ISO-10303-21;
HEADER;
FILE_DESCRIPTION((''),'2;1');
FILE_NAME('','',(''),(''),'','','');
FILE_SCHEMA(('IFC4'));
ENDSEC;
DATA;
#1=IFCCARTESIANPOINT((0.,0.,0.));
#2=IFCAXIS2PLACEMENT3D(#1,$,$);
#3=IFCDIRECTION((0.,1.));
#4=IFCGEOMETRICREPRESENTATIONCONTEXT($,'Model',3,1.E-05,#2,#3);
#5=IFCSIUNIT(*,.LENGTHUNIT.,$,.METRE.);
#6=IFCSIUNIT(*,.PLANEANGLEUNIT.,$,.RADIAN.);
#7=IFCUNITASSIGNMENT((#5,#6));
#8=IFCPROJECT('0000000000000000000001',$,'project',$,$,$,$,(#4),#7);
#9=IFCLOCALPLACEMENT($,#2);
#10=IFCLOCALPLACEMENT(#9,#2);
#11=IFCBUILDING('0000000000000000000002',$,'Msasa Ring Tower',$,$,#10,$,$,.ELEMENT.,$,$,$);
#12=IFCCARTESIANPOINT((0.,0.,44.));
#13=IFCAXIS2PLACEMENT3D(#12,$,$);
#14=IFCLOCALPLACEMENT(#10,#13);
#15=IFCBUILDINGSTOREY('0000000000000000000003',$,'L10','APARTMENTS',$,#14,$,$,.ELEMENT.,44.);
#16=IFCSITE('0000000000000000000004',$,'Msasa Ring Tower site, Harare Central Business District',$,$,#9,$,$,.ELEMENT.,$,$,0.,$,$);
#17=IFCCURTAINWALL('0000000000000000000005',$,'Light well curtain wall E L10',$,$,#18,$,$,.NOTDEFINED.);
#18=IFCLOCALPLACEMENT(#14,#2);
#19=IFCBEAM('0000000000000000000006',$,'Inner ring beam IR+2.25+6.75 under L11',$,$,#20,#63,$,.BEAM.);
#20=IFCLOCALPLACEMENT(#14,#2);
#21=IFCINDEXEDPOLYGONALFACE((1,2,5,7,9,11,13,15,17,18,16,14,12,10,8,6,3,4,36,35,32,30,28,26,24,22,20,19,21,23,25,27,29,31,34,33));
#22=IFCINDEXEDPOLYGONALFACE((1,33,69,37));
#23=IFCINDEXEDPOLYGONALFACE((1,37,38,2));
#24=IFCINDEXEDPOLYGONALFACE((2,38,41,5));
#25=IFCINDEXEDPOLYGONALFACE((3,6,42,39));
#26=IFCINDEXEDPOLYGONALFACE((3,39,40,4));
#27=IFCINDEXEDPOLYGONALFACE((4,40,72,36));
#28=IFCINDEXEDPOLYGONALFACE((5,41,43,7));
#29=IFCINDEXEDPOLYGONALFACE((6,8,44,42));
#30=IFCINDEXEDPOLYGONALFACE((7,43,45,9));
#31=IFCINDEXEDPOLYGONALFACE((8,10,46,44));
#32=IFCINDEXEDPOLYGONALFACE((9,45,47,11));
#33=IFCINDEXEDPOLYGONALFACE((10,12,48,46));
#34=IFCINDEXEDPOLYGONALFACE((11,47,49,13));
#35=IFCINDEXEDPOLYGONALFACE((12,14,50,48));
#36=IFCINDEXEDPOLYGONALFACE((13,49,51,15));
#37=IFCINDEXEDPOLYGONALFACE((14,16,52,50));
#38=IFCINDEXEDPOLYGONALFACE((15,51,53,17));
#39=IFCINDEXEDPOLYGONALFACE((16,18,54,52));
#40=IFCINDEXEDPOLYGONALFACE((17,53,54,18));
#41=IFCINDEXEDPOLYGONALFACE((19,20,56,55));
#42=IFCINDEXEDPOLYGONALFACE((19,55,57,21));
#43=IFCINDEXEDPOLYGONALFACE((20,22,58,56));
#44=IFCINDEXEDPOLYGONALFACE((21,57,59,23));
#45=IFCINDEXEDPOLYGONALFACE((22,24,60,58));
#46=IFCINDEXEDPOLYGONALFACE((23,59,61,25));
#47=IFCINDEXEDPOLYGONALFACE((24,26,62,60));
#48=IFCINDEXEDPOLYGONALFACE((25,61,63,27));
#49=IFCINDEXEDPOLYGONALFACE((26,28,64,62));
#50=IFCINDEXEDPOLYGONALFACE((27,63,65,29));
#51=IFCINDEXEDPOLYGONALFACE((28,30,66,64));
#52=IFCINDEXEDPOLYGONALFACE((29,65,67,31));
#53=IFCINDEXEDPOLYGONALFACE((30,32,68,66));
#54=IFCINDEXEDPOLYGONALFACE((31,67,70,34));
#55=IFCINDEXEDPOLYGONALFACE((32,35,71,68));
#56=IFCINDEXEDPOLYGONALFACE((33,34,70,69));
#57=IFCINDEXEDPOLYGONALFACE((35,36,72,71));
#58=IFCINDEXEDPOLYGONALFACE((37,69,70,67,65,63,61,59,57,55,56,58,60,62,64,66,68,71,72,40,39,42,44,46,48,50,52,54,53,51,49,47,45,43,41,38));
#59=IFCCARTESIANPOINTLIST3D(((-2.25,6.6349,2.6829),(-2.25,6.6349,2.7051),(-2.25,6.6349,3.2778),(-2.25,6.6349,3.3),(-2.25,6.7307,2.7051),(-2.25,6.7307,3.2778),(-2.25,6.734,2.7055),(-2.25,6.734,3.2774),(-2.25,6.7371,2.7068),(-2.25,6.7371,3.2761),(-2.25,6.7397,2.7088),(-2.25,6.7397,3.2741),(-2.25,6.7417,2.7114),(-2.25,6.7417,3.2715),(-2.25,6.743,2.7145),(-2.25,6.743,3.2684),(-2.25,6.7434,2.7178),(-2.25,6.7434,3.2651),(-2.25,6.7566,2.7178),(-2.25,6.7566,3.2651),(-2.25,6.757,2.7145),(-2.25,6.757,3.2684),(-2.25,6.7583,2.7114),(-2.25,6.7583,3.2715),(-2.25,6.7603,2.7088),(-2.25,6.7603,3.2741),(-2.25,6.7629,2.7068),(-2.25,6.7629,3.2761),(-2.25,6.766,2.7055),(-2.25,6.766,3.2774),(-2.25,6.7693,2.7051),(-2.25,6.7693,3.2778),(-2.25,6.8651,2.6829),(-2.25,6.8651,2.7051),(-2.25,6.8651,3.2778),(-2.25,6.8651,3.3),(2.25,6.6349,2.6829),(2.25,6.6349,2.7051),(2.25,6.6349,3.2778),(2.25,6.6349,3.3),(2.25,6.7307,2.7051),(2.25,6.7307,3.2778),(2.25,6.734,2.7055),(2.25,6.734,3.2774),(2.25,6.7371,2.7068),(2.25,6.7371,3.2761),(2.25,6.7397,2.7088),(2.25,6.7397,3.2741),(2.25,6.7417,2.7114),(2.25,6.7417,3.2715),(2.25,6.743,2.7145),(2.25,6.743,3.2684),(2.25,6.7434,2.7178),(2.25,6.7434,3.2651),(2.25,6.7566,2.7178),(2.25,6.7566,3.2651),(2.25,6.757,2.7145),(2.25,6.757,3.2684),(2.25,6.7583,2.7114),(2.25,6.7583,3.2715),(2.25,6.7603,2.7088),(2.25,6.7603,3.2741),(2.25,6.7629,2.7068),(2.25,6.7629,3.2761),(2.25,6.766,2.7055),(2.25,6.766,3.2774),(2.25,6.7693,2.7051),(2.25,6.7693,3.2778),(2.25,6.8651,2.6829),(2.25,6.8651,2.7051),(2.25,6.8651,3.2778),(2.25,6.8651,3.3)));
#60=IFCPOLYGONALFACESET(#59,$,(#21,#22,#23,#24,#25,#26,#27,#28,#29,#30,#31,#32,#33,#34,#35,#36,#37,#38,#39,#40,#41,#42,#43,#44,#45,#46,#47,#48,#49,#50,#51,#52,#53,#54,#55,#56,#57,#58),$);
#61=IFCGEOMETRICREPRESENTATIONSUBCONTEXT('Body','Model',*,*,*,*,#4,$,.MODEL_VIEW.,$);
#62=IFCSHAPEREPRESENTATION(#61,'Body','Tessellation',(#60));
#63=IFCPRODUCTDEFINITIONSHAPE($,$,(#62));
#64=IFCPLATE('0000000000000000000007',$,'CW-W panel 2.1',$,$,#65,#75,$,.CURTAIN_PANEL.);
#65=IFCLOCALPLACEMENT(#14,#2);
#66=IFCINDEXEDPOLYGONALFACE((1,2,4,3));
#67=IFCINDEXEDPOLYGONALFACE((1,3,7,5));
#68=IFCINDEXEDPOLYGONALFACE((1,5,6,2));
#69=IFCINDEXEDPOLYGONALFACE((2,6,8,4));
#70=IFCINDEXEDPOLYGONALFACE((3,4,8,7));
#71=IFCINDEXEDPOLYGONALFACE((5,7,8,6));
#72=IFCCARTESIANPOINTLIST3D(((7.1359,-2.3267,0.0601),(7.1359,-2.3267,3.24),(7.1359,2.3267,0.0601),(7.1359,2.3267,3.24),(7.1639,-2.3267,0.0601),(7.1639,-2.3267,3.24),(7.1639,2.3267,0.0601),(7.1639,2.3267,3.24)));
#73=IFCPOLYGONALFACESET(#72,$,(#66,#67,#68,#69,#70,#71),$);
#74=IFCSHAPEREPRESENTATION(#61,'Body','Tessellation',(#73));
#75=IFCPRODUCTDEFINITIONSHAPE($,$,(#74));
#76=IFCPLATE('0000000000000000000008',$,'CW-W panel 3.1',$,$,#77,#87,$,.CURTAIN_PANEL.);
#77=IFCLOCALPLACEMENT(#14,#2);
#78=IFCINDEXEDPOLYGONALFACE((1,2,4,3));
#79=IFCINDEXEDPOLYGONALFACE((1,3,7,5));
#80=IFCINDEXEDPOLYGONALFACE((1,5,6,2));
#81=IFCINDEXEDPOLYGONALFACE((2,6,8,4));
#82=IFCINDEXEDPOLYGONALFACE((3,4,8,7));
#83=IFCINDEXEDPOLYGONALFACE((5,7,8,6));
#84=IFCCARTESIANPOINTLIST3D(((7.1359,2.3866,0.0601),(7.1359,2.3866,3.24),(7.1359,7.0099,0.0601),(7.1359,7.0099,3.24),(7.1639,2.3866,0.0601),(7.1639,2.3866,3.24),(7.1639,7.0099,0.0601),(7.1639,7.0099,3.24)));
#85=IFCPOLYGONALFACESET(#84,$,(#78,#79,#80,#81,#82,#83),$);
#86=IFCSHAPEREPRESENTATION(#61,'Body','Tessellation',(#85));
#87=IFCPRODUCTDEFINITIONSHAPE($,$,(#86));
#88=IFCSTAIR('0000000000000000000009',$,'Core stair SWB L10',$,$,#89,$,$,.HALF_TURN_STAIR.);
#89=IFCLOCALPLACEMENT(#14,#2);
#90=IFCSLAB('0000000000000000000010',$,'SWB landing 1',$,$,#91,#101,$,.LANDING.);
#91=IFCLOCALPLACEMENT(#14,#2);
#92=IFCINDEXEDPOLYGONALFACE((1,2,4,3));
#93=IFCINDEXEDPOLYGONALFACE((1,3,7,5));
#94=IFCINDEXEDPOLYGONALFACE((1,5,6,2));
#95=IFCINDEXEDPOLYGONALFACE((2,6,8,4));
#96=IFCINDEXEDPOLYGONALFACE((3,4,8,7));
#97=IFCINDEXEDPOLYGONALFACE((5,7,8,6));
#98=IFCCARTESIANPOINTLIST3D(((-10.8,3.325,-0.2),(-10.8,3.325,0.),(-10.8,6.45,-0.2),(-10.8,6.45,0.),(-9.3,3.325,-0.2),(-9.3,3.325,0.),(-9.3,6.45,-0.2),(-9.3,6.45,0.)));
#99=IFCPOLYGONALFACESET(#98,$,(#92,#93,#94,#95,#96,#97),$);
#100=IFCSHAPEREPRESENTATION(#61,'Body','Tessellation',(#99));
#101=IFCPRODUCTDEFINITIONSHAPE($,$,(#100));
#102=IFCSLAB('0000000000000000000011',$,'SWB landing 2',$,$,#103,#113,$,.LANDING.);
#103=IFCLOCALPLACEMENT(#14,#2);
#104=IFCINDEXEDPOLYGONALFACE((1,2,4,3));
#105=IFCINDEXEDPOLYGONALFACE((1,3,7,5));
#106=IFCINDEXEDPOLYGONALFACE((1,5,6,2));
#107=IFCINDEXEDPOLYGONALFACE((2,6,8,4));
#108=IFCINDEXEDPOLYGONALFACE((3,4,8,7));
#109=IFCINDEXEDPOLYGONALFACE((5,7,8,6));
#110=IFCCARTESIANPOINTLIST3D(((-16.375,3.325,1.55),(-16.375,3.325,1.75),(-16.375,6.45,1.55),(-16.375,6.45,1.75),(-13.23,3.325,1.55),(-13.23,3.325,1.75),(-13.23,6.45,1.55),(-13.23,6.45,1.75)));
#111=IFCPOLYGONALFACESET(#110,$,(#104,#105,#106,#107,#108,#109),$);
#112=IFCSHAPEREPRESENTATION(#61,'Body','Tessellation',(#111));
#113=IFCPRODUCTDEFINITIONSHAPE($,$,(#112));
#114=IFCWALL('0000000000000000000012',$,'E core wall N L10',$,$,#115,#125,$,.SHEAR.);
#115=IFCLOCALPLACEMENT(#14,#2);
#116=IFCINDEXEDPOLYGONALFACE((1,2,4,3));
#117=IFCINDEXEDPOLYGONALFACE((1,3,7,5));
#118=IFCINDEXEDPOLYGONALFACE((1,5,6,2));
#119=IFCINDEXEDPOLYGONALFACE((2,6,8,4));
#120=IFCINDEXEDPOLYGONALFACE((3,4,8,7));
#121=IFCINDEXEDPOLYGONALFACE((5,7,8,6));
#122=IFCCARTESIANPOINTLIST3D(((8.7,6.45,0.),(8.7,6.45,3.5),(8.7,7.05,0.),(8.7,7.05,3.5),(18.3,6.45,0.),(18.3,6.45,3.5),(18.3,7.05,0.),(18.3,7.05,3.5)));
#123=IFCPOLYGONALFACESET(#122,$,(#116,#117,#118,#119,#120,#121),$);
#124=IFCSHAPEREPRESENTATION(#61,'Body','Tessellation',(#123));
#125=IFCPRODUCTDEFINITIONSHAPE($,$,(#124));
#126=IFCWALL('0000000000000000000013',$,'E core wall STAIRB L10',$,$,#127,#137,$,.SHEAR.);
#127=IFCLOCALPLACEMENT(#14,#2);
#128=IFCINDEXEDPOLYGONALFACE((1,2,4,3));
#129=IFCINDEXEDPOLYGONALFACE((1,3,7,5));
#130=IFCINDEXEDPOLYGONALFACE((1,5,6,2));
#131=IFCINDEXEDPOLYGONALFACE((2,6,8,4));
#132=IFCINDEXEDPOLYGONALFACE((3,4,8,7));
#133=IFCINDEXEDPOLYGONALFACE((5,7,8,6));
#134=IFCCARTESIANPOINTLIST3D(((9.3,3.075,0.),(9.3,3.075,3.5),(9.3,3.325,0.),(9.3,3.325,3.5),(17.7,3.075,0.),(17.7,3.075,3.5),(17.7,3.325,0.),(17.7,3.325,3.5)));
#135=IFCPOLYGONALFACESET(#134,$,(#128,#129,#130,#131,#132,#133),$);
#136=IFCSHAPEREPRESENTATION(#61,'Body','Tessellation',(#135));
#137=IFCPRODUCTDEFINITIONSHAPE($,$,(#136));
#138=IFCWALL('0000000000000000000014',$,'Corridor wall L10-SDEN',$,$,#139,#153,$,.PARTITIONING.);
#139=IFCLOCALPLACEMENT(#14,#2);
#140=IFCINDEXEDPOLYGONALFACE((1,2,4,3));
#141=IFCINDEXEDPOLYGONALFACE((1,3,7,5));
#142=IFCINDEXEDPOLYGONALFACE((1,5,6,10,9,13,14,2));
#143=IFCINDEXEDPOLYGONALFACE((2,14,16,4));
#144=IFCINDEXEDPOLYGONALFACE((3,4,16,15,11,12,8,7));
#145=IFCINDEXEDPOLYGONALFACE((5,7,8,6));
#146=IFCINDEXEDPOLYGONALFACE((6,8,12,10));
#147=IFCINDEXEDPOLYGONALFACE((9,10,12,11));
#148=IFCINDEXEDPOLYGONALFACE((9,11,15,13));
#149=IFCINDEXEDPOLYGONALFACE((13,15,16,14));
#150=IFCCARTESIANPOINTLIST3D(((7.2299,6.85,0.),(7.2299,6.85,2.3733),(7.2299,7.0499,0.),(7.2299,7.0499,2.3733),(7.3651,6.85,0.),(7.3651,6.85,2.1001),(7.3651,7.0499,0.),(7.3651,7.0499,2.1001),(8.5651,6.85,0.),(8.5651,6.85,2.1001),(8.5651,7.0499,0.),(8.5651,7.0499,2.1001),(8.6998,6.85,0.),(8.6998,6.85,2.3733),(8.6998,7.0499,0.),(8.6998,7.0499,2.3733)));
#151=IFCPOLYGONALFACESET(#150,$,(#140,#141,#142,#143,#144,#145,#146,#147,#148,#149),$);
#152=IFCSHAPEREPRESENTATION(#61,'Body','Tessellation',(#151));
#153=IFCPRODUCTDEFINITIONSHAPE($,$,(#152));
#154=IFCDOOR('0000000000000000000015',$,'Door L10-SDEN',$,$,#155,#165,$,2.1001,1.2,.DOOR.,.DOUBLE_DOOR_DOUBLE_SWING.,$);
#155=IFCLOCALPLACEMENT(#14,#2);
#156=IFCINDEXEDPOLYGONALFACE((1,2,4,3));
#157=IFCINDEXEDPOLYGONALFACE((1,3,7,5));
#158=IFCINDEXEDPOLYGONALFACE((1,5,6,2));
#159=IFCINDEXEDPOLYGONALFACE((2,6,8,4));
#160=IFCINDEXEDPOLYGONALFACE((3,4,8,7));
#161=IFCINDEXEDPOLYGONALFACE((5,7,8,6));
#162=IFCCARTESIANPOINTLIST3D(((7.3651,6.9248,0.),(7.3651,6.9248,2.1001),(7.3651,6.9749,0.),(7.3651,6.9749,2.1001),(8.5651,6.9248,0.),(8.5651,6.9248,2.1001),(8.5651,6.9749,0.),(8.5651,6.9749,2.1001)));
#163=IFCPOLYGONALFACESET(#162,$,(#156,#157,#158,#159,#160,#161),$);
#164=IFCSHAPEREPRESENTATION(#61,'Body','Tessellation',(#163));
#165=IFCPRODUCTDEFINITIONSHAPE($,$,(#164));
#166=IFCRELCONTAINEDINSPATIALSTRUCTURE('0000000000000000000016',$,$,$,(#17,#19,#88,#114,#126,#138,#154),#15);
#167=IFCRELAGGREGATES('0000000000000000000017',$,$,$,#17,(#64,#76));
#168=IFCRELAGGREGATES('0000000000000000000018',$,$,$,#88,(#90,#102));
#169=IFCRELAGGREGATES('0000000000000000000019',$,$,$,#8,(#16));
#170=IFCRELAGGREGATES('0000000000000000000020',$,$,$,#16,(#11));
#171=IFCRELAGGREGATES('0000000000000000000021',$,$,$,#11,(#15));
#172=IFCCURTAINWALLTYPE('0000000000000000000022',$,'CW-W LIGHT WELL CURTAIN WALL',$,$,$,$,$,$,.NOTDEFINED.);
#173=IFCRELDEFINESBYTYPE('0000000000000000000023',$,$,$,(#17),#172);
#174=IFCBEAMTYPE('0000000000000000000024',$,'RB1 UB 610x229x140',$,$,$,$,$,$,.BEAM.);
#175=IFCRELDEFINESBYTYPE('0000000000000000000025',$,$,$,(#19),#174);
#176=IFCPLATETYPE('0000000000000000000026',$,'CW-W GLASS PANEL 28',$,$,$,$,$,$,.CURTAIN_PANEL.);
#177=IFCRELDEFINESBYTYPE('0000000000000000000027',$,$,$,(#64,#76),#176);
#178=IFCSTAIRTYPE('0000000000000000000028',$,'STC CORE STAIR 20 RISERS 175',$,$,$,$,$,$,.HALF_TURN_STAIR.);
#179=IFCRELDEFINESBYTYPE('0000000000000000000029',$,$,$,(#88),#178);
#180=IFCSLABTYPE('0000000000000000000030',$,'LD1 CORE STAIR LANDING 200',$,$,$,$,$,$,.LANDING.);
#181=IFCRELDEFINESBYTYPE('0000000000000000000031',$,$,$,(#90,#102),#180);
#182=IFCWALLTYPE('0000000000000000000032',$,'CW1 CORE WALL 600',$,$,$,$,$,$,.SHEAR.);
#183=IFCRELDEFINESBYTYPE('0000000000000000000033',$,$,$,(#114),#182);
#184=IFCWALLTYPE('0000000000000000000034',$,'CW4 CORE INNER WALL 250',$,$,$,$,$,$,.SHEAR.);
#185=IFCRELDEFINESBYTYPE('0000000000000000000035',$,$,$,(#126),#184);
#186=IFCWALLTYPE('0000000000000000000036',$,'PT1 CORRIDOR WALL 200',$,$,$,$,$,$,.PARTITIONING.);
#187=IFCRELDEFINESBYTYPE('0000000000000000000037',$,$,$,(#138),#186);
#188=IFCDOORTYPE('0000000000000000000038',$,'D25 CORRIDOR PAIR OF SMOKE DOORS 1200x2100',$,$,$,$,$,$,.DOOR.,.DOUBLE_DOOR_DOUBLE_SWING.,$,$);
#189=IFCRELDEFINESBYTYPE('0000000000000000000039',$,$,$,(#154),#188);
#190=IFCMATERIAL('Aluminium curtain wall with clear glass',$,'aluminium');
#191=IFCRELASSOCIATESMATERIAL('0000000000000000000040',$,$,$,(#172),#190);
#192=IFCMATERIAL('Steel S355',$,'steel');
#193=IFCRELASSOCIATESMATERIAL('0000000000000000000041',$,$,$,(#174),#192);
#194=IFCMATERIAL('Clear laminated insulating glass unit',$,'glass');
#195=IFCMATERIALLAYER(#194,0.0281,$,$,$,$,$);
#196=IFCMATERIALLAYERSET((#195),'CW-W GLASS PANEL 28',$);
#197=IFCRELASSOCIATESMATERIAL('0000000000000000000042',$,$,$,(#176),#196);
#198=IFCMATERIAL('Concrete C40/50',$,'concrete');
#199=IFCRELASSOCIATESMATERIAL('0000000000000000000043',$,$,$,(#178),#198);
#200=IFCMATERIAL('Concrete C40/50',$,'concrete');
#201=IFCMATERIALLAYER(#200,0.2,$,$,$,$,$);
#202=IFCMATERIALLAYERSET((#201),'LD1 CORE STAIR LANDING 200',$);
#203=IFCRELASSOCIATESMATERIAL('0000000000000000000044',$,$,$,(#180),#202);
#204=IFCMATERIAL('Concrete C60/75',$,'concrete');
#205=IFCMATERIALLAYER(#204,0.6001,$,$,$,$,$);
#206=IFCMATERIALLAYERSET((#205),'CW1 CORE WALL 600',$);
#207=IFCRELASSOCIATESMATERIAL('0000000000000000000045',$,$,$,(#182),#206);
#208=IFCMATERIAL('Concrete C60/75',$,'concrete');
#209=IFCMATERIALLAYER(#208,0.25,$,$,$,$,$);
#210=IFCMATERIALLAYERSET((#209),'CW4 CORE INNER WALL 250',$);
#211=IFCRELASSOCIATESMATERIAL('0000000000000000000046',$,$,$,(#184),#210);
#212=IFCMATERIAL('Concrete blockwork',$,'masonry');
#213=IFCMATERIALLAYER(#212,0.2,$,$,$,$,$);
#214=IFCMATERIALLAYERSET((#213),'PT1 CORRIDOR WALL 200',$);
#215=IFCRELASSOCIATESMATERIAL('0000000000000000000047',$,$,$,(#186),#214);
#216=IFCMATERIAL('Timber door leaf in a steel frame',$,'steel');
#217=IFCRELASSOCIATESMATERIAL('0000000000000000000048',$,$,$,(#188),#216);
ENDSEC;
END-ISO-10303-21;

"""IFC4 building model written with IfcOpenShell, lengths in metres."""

from ifc_helpers import new_model, si_unit, direction, frame, frame_2d, origin, origin_2d, place, context, subcontext, project, spatial, polyline, rectangle, i_section, outline, extrude, material, layer, layer_set, material_profile, profile_set, type_object, element, fill, aggregate, save


model = new_model("IFC4")

# Units and contexts
model_context = context("Model", 3, precision=1e-05, world=origin(), true_north=direction((0.0, 1.0)))
body_context = subcontext(model_context, "Body", "Model", "MODEL_VIEW")
ifc_project = project(units=[si_unit("LENGTHUNIT", "METRE"), si_unit("PLANEANGLEUNIT", "RADIAN")], contexts=[model_context])

# Site, building, storey
site_placement = place(None, origin())
site = spatial("IfcSite", under=ifc_project, at=site_placement, Name="Msasa Ring Tower site, Harare Central Business District", CompositionType="ELEMENT", RefElevation=0.0)
building_placement = place(site_placement, origin())
building = spatial("IfcBuilding", under=site, at=building_placement, Name="Msasa Ring Tower", CompositionType="ELEMENT")
storey_placement = place(building_placement, frame((0.0, 0.0, 44.0)))
storey = spatial("IfcBuildingStorey", under=building, at=storey_placement, Name="L10", Description="APARTMENTS", CompositionType="ELEMENT", Elevation=44.0)

# Curtain wall
ifc_material_1 = material(Name="Aluminium curtain wall with clear glass", Category="aluminium")
curtain_wall_type = type_object("IfcCurtainWallType", Name="CW-W LIGHT WELL CURTAIN WALL", PredefinedType="NOTDEFINED", material=ifc_material_1)
curtain_wall_placement = place(storey_placement, origin())
curtain_wall = element("IfcCurtainWall", 1, at=curtain_wall_placement, inside=storey, type_object=curtain_wall_type, Name="Light well curtain wall E L10", PredefinedType="NOTDEFINED")

# Beam
ifc_material_2 = material(Name="Steel S355", Category="steel")
ifc_material_profile_1 = material_profile(ifc_material_2, i_section(OverallWidth=0.2302, OverallDepth=0.6172, WebThickness=0.0132, FlangeThickness=0.0222, FilletRadius=0.0127, at=origin_2d()), Name="UB 610x229x140")
ifc_profile_set_1 = profile_set([ifc_material_profile_1], Name="Steel S355")
beam_type = type_object("IfcBeamType", Name="RB1 UB 610x229x140", PredefinedType="BEAM", material=ifc_profile_set_1)
for number, where, z_axis, x_axis, name in (
    (2, (2.25, 6.75, 2.9915), (-1.0, 0.0, 0.0), (0.0, -1.0, 0.0), "Inner ring beam IR+2.25+6.75 under L11"),
):
    element("IfcBeam", number, at=place(storey_placement, frame(where, z_axis=z_axis, x_axis=x_axis)), inside=storey, type_object=beam_type, Name=name, PredefinedType="BEAM", context=body_context, shape_type="SweptSolid", body=[
        extrude(i_section(OverallWidth=0.2302, OverallDepth=0.6172, WebThickness=0.0132, FlangeThickness=0.0222, FilletRadius=0.0127, at=origin_2d()), origin(), (0.0, 0.0, 1.0), 4.5),
    ])

# Plates
ifc_material_3 = material(Name="Clear laminated insulating glass unit", Category="glass")
ifc_layer_1 = layer(ifc_material_3, 0.0281)
ifc_layer_set_1 = layer_set([ifc_layer_1], Name="CW-W GLASS PANEL 28")
plate_type = type_object("IfcPlateType", Name="CW-W GLASS PANEL 28", PredefinedType="CURTAIN_PANEL", material=ifc_layer_set_1)
plate_1_placement = place(storey_placement, frame((7.1499, 0.0, 0.0601), z_axis=(0.0, 0.0, 1.0), x_axis=(0.0, 1.0, 0.0)))
plate_1 = element("IfcPlate", 3, at=plate_1_placement, type_object=plate_type, Name="CW-W panel 2.1", PredefinedType="CURTAIN_PANEL", context=body_context, shape_type="SweptSolid", body=[
    extrude(rectangle(XDim=4.6533, YDim=0.0281, at=origin_2d()), origin(), (0.0, 0.0, 1.0), 3.1799),
])
plate_2_placement = place(storey_placement, frame((7.1499, 4.6982, 0.0601), z_axis=(0.0, 0.0, 1.0), x_axis=(0.0, 1.0, 0.0)))
plate_2 = element("IfcPlate", 4, at=plate_2_placement, type_object=plate_type, Name="CW-W panel 3.1", PredefinedType="CURTAIN_PANEL", context=body_context, shape_type="SweptSolid", body=[
    extrude(rectangle(XDim=4.6233, YDim=0.0281, at=origin_2d()), origin(), (0.0, 0.0, 1.0), 3.1799),
])
aggregate(curtain_wall, [plate_1, plate_2])

# Stair, slabs
ifc_material_4 = material(Name="Concrete C40/50", Category="concrete")
stair_type = type_object("IfcStairType", Name="STC CORE STAIR 20 RISERS 175", PredefinedType="HALF_TURN_STAIR", material=ifc_material_4)
stair_1_placement = place(storey_placement, origin())
stair_1 = element("IfcStair", 5, at=stair_1_placement, inside=storey, type_object=stair_type, Name="Core stair SWB L10", PredefinedType="HALF_TURN_STAIR")
ifc_material_5 = material(Name="Concrete C40/50", Category="concrete")
ifc_layer_2 = layer(ifc_material_5, 0.2)
ifc_layer_set_2 = layer_set([ifc_layer_2], Name="LD1 CORE STAIR LANDING 200")
slab_type = type_object("IfcSlabType", Name="LD1 CORE STAIR LANDING 200", PredefinedType="LANDING", material=ifc_layer_set_2)
slab_1_placement = place(storey_placement, frame((0.0, 0.0, -0.2)))
slab_1 = element("IfcSlab", 6, at=slab_1_placement, type_object=slab_type, Name="SWB landing 1", PredefinedType="LANDING", context=body_context, shape_type="SweptSolid", body=[
    extrude(outline(polyline([(-10.8, 3.325), (-9.3, 3.325), (-9.3, 6.45), (-10.8, 6.45), (-10.8, 3.325)])), origin(), (0.0, 0.0, 1.0), 0.2),
])
slab_2_placement = place(storey_placement, frame((0.0, 0.0, 1.55)))
slab_2 = element("IfcSlab", 7, at=slab_2_placement, type_object=slab_type, Name="SWB landing 2", PredefinedType="LANDING", context=body_context, shape_type="SweptSolid", body=[
    extrude(outline(polyline([(-16.375, 3.325), (-13.23, 3.325), (-13.23, 6.45), (-16.375, 6.45), (-16.375, 3.325)])), origin(), (0.0, 0.0, 1.0), 0.2),
])
aggregate(stair_1, [slab_1, slab_2])

# Walls
ifc_material_6 = material(Name="Concrete C60/75", Category="concrete")
ifc_layer_3 = layer(ifc_material_6, 0.6001)
ifc_layer_set_3 = layer_set([ifc_layer_3], Name="CW1 CORE WALL 600")
wall_type_1 = type_object("IfcWallType", Name="CW1 CORE WALL 600", PredefinedType="SHEAR", material=ifc_layer_set_3)
wall_1_placement = place(storey_placement, frame((8.7, 6.75, 0.0), z_axis=(0.0, 0.0, 1.0), x_axis=(1.0, 0.0, 0.0)))
element("IfcWall", 8, at=wall_1_placement, inside=storey, type_object=wall_type_1, Name="E core wall N L10", PredefinedType="SHEAR", context=body_context, shape_type="SweptSolid", body=[
    extrude(rectangle(XDim=9.6001, YDim=0.6001, at=frame_2d((4.8, 0.0))), origin(), (0.0, 0.0, 1.0), 3.5),
])
ifc_material_7 = material(Name="Concrete C60/75", Category="concrete")
ifc_layer_4 = layer(ifc_material_7, 0.25)
ifc_layer_set_4 = layer_set([ifc_layer_4], Name="CW4 CORE INNER WALL 250")
wall_type_2 = type_object("IfcWallType", Name="CW4 CORE INNER WALL 250", PredefinedType="SHEAR", material=ifc_layer_set_4)
wall_2_placement = place(storey_placement, frame((9.3, 3.2, 0.0), z_axis=(0.0, 0.0, 1.0), x_axis=(1.0, 0.0, 0.0)))
element("IfcWall", 9, at=wall_2_placement, inside=storey, type_object=wall_type_2, Name="E core wall STAIRB L10", PredefinedType="SHEAR", context=body_context, shape_type="SweptSolid", body=[
    extrude(rectangle(XDim=8.3999, YDim=0.25, at=frame_2d((4.2, 0.0))), origin(), (0.0, 0.0, 1.0), 3.5),
])

# Wall, opening, door
ifc_material_8 = material(Name="Concrete blockwork", Category="masonry")
ifc_layer_5 = layer(ifc_material_8, 0.2)
ifc_layer_set_5 = layer_set([ifc_layer_5], Name="PT1 CORRIDOR WALL 200")
wall_type_3 = type_object("IfcWallType", Name="PT1 CORRIDOR WALL 200", PredefinedType="PARTITIONING", material=ifc_layer_set_5)
wall_3_placement = place(storey_placement, frame((7.23, 6.95, 0.0), z_axis=(0.0, 0.0, 1.0), x_axis=(1.0, 0.0, 0.0)))
wall_3 = element("IfcWall", 10, at=wall_3_placement, inside=storey, type_object=wall_type_3, Name="Corridor wall L10-SDEN", PredefinedType="PARTITIONING", context=body_context, shape_type="SweptSolid", body=[
    extrude(rectangle(XDim=1.47, YDim=0.2, at=frame_2d((0.7349, 0.0))), origin(), (0.0, 0.0, 1.0), 2.3733),
])
opening_placement = place(wall_3_placement, frame((0.135, 0.0, 0.0)))
opening = element("IfcOpeningElement", 11, at=opening_placement, cuts=wall_3, PredefinedType="OPENING", context=body_context, shape_type="SweptSolid", body=[
    extrude(rectangle(XDim=1.2, YDim=2.1001, at=frame_2d((0.6001, 1.05))), frame((0.0, 0.1099, 0.0), z_axis=(0.0, -1.0, 0.0), x_axis=(1.0, 0.0, 0.0)), (0.0, 0.0, 1.0), 0.22),
])
ifc_material_9 = material(Name="Timber door leaf in a steel frame", Category="steel")
door_type = type_object("IfcDoorType", Name="D25 CORRIDOR PAIR OF SMOKE DOORS 1200x2100", OperationType="DOUBLE_DOOR_DOUBLE_SWING", PredefinedType="DOOR", material=ifc_material_9)
door_placement = place(opening_placement, origin())
door = element("IfcDoor", 12, at=door_placement, inside=storey, type_object=door_type, Name="Door L10-SDEN", OperationType="DOUBLE_DOOR_DOUBLE_SWING", OverallHeight=2.1001, OverallWidth=1.2, PredefinedType="DOOR", context=body_context, shape_type="SweptSolid", body=[
    extrude(rectangle(XDim=1.2, YDim=2.1001, at=frame_2d((0.6001, 1.05))), frame((0.0, 0.0249, 0.0), z_axis=(0.0, -1.0, 0.0), x_axis=(1.0, 0.0, 0.0)), (0.0, 0.0, 1.0), 0.05),
])
fill(opening, door)

save(model, "model.ifc")
